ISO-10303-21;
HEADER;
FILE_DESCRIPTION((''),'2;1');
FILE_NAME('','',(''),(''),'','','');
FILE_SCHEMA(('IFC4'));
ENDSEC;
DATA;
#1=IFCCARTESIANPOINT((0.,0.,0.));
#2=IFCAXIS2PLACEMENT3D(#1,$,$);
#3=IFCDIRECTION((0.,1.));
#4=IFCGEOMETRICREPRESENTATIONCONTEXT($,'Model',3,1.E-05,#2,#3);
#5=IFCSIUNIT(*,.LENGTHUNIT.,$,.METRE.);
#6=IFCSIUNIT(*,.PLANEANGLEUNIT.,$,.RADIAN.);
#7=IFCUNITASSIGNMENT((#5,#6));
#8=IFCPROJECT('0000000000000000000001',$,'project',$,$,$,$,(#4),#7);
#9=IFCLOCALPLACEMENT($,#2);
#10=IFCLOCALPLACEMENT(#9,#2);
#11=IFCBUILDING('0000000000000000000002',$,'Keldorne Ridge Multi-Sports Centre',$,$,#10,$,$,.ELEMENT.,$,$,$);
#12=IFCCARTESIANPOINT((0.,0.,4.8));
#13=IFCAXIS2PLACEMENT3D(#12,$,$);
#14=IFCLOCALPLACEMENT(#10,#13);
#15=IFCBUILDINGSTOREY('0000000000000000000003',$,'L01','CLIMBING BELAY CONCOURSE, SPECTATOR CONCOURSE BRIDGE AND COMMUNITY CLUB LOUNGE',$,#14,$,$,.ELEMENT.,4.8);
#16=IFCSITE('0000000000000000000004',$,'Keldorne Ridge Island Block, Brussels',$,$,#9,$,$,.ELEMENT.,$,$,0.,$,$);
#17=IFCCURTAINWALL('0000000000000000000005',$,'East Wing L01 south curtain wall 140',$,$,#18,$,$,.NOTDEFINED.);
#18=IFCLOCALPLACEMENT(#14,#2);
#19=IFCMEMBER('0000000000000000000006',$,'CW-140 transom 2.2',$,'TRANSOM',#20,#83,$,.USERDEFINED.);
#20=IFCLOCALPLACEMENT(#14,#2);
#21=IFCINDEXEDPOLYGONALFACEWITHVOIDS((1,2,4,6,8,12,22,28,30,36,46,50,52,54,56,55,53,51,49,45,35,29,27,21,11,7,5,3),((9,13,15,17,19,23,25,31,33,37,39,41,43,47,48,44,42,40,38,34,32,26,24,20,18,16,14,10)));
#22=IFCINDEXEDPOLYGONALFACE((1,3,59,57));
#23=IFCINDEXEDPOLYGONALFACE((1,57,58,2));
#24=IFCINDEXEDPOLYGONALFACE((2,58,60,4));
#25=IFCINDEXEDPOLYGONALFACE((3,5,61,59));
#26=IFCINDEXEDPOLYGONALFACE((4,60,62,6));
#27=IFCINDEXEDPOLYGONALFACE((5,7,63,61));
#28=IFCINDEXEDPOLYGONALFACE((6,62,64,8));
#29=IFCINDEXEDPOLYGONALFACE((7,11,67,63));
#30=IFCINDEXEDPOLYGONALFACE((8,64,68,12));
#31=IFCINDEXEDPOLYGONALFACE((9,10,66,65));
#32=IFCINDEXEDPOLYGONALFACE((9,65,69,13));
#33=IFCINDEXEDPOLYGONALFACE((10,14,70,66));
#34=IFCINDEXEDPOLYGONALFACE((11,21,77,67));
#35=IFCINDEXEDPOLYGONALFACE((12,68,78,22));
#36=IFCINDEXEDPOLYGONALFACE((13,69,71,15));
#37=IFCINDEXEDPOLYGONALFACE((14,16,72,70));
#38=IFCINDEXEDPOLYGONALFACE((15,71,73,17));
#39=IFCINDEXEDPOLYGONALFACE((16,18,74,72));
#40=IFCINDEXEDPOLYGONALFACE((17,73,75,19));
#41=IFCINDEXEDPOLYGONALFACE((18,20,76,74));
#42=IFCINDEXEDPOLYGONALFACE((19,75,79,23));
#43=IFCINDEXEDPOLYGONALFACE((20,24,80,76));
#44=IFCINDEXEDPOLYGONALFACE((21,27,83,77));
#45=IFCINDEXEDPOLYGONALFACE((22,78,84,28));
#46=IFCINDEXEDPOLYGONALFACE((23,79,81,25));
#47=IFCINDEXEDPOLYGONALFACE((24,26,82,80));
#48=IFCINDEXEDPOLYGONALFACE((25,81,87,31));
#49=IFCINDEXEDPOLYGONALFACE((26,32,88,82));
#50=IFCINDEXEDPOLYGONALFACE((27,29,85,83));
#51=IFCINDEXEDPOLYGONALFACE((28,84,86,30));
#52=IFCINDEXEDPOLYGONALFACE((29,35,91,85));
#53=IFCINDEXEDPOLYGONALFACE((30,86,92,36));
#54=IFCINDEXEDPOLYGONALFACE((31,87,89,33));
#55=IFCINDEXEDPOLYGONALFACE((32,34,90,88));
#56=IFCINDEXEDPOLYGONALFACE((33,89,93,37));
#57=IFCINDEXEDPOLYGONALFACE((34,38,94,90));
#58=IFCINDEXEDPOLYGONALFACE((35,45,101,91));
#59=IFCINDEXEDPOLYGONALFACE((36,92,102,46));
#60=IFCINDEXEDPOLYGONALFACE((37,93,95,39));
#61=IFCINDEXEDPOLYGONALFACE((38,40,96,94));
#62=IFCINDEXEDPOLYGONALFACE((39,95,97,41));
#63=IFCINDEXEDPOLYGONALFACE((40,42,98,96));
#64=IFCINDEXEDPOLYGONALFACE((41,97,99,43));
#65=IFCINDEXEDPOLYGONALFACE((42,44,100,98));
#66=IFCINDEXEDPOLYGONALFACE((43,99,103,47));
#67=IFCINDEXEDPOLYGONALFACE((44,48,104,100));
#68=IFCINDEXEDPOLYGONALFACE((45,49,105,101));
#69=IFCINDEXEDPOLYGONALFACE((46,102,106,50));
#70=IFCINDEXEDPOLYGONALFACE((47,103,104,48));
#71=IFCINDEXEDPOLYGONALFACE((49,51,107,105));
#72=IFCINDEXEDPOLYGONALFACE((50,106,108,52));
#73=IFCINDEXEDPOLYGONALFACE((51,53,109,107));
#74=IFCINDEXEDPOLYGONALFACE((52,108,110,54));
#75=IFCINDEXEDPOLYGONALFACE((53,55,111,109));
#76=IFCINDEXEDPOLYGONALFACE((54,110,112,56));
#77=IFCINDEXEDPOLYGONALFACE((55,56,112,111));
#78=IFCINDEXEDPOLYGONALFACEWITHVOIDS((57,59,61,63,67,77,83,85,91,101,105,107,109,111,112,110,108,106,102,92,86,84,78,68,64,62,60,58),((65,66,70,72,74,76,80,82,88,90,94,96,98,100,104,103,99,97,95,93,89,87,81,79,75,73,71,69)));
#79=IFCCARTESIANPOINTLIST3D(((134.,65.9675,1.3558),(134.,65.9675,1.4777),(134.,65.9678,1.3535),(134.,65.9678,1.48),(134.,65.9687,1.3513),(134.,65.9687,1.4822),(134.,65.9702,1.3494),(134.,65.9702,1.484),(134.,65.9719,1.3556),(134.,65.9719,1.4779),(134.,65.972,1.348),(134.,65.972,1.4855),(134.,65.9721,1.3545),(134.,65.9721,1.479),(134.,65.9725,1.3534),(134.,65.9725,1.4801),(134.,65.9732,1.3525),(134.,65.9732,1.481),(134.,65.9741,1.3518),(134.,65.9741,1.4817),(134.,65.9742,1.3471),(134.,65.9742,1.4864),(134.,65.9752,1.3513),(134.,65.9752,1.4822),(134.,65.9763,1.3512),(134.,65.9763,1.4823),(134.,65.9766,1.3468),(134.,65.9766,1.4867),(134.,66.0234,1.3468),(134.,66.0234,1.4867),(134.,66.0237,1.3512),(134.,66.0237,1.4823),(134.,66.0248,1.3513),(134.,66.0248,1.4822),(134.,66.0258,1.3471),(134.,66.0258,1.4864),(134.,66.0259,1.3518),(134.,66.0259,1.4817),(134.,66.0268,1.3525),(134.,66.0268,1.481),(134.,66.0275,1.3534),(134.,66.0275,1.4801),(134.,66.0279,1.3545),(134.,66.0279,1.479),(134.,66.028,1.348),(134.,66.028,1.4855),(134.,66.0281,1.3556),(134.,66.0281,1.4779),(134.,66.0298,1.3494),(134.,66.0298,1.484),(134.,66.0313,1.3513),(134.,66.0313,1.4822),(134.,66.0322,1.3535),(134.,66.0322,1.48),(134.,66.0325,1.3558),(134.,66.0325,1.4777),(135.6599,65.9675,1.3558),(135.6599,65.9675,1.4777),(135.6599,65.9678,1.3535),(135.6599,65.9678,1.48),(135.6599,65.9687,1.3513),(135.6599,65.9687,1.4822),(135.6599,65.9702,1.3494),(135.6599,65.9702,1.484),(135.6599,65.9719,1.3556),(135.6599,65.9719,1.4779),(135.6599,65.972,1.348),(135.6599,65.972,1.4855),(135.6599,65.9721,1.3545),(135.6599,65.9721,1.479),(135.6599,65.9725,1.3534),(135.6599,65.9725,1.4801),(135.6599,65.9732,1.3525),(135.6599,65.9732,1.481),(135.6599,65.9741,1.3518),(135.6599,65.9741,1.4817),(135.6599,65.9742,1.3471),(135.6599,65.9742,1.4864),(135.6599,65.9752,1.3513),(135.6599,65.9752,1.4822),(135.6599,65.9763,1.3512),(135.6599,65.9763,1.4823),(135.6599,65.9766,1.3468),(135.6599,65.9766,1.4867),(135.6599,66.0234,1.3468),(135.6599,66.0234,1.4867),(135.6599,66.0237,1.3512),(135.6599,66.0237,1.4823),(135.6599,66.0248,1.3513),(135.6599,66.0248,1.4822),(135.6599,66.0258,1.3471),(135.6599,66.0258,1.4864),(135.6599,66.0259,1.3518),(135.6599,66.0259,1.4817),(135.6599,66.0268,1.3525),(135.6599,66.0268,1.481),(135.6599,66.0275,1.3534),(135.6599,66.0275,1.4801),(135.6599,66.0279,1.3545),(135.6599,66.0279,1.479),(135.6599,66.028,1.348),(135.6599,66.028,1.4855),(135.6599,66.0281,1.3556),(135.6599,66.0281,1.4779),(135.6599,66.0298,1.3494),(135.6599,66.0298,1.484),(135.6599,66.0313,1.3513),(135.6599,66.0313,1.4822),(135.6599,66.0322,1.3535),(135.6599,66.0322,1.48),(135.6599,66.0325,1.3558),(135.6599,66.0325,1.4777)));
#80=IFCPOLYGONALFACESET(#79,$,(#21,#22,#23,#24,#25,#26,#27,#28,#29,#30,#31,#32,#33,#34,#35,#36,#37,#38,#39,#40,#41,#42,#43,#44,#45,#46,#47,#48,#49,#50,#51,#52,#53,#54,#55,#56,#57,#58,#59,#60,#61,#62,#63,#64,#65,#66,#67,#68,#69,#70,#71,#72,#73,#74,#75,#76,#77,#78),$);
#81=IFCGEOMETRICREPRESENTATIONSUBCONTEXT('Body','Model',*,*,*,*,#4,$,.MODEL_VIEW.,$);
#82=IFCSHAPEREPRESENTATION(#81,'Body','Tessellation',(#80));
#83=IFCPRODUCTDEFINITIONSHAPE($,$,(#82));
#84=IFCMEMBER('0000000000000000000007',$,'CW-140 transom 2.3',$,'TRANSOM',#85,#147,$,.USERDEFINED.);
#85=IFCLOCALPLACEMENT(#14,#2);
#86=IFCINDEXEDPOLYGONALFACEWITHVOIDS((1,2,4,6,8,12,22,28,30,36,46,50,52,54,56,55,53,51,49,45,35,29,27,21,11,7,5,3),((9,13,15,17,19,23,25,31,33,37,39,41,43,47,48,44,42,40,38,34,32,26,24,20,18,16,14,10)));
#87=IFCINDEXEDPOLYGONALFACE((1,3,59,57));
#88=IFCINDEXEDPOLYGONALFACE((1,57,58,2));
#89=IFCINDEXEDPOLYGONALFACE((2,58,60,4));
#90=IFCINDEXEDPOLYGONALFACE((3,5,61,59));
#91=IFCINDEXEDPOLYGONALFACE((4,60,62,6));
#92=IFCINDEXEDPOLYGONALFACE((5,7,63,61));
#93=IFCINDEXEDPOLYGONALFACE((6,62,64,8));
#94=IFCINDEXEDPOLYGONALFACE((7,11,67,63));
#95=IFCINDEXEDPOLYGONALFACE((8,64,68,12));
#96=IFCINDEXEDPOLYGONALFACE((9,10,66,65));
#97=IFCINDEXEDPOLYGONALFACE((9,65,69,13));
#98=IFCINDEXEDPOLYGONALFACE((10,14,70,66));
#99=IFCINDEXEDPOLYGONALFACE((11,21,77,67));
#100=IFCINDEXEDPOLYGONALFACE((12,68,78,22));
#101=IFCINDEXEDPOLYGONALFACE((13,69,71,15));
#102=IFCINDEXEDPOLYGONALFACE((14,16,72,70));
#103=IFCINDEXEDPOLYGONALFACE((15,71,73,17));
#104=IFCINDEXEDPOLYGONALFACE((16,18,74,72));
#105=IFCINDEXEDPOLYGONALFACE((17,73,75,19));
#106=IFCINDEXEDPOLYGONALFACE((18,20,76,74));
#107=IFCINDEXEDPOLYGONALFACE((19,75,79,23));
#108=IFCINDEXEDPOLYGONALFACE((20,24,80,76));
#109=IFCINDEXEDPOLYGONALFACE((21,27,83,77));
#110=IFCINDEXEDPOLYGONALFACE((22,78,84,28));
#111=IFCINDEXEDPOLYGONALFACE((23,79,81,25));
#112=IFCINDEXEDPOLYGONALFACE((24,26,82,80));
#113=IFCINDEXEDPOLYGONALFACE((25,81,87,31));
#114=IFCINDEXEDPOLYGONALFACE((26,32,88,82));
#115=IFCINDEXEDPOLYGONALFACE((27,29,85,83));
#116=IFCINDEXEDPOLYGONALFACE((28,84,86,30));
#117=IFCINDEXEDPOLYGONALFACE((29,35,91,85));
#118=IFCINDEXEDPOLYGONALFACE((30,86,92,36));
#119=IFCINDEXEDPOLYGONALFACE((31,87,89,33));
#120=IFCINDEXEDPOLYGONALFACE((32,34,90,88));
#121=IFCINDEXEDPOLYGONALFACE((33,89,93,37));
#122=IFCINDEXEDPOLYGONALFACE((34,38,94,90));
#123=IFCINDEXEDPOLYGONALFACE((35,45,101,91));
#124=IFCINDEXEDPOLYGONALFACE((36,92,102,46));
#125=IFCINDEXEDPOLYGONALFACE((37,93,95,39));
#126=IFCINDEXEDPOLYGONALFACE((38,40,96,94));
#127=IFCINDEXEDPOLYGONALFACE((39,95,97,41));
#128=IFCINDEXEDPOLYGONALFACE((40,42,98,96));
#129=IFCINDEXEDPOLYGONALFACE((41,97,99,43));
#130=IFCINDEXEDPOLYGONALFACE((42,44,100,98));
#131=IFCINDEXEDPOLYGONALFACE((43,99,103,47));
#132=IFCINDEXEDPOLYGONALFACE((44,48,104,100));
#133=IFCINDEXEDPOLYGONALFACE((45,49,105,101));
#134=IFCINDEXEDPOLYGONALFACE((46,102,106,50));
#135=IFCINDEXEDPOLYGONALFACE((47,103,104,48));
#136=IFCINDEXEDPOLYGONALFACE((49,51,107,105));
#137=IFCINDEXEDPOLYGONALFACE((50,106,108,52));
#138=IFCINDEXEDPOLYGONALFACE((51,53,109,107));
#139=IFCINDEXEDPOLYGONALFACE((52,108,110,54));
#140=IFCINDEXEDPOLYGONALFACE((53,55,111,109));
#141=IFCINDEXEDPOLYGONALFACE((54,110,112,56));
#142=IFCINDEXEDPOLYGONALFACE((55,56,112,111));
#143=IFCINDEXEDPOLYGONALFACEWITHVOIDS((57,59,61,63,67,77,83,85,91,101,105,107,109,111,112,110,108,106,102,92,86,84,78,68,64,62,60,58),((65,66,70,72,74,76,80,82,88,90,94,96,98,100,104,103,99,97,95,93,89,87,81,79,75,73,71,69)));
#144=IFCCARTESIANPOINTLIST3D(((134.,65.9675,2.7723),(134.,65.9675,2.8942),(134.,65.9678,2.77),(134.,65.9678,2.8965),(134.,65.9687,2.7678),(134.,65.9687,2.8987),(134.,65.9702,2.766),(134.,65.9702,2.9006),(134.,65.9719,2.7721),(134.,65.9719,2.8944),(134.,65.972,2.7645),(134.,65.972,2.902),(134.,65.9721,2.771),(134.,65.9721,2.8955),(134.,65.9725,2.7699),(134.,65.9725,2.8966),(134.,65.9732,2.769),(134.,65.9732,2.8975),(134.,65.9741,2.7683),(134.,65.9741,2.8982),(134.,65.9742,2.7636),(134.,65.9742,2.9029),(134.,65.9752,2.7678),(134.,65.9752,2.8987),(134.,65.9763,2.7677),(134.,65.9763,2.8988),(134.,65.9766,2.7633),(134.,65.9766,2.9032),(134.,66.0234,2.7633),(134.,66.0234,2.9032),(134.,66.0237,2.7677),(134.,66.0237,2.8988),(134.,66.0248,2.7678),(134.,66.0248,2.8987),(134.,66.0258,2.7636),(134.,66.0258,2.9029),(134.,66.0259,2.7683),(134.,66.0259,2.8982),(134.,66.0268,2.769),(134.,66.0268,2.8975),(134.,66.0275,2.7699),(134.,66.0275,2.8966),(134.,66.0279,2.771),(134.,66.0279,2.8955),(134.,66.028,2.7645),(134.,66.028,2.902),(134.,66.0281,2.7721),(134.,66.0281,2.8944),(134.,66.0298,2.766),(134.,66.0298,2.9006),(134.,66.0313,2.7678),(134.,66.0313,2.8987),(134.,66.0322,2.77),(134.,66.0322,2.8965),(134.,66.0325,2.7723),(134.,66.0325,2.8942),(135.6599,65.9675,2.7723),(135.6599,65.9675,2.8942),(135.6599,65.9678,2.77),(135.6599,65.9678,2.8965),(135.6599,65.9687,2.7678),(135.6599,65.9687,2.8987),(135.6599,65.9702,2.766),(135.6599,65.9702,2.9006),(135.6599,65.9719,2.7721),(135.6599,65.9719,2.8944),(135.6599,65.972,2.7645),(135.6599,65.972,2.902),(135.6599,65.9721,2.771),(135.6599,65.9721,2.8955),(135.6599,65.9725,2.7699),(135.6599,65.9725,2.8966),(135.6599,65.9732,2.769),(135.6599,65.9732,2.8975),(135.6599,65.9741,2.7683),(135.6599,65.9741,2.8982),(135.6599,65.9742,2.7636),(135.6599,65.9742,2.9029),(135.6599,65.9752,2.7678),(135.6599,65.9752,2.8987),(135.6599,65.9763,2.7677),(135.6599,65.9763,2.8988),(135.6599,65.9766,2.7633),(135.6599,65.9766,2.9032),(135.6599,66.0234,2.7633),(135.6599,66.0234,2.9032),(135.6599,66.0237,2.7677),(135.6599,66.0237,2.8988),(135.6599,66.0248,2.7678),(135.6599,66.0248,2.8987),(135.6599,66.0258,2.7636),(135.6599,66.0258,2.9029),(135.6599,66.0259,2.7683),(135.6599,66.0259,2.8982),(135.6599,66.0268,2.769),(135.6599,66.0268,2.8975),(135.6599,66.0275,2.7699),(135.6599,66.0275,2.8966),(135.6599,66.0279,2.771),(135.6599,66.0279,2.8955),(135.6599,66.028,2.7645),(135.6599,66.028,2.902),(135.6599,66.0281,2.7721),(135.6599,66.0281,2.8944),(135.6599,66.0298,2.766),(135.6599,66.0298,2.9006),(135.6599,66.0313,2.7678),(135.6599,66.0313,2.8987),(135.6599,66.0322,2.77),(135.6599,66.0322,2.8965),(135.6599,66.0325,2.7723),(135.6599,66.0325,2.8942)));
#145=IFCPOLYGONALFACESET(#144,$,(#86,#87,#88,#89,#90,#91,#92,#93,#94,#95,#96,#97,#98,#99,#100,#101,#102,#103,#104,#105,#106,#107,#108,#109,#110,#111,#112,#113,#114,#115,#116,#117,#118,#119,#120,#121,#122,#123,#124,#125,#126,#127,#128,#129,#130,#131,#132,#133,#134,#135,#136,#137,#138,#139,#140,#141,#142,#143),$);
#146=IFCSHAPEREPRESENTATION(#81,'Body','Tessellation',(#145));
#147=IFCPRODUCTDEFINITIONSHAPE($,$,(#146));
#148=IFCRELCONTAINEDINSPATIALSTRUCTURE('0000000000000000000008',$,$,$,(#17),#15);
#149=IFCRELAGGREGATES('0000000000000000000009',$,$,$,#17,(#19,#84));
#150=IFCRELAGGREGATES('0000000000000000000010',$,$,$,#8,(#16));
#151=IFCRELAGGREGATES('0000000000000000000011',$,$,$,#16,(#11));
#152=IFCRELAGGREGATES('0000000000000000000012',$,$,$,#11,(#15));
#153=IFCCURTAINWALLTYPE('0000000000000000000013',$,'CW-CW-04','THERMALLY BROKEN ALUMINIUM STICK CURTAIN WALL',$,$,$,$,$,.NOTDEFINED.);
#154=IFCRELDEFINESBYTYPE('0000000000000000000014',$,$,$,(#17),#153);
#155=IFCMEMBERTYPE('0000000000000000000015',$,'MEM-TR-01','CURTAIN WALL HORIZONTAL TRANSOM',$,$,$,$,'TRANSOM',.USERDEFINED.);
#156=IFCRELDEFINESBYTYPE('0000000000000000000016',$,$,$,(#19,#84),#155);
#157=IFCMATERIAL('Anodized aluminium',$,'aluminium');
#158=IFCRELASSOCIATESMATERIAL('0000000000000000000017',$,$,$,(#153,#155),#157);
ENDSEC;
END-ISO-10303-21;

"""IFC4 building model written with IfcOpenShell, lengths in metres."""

from ifc_helpers import new_model, si_unit, direction, frame, origin, origin_2d, place, context, subcontext, project, spatial, hollow_rectangle, extrude, material, material_profile, profile_set, type_object, element, aggregate, save


model = new_model("IFC4")

# Units and contexts
model_context = context("Model", 3, precision=1e-05, world=origin(), true_north=direction((0.0, 1.0)))
body_context = subcontext(model_context, "Body", "Model", "MODEL_VIEW")
ifc_project = project(units=[si_unit("LENGTHUNIT", "METRE"), si_unit("PLANEANGLEUNIT", "RADIAN")], contexts=[model_context])

# Site, building, storey
site_placement = place(None, origin())
site = spatial("IfcSite", under=ifc_project, at=site_placement, Name="Keldorne Ridge Island Block, Brussels", CompositionType="ELEMENT", RefElevation=0.0)
building_placement = place(site_placement, origin())
building = spatial("IfcBuilding", under=site, at=building_placement, Name="Keldorne Ridge Multi-Sports Centre", CompositionType="ELEMENT")
storey_placement = place(building_placement, frame((0.0, 0.0, 4.8)))
storey = spatial("IfcBuildingStorey", under=building, at=storey_placement, Name="L01", Description="CLIMBING BELAY CONCOURSE, SPECTATOR CONCOURSE BRIDGE AND COMMUNITY CLUB LOUNGE", CompositionType="ELEMENT", Elevation=4.8)

# Curtain wall
ifc_material_1 = material(Name="Anodized aluminium", Category="aluminium")
curtain_wall_type_1 = type_object("IfcCurtainWallType", Name="CW-CW-04", Description="THERMALLY BROKEN ALUMINIUM STICK CURTAIN WALL", PredefinedType="NOTDEFINED", material=ifc_material_1)
curtain_wall_1_placement = place(storey_placement, origin())
curtain_wall_1 = element("IfcCurtainWall", 1, at=curtain_wall_1_placement, inside=storey, type_object=curtain_wall_type_1, Name="East Wing L01 south curtain wall 140", PredefinedType="NOTDEFINED")

# Members
ifc_material_profile_1 = material_profile(ifc_material_1, hollow_rectangle(XDim=0.0649, YDim=0.1399, WallThickness=0.0044, InnerFilletRadius=0.0044, OuterFilletRadius=0.009, at=origin_2d()), Name="ALU TRANSOM 140x65x4.5")
ifc_profile_set_1 = profile_set([ifc_material_profile_1], Name="Anodized aluminium")
member_type_1 = type_object("IfcMemberType", Name="MEM-TR-01", Description="CURTAIN WALL HORIZONTAL TRANSOM", ElementType="TRANSOM", PredefinedType="USERDEFINED", material=ifc_profile_set_1)
member_1_placement = place(storey_placement, frame((134.0, 66.0, 1.4167), z_axis=(1.0, 0.0, 0.0), x_axis=(0.0, 1.0, 0.0)))
member_1 = element("IfcMember", 2, at=member_1_placement, type_object=member_type_1, Name="CW-140 transom 2.2", ObjectType="TRANSOM", PredefinedType="USERDEFINED", context=body_context, shape_type="SweptSolid", body=[
    extrude(hollow_rectangle(XDim=0.0649, YDim=0.1399, WallThickness=0.0044, InnerFilletRadius=0.0044, OuterFilletRadius=0.009, at=origin_2d()), origin(), (0.0, 0.0, 1.0), 1.6599),
])
member_2_placement = place(storey_placement, frame((134.0, 66.0, 2.8333), z_axis=(1.0, 0.0, 0.0), x_axis=(0.0, 1.0, 0.0)))
member_2 = element("IfcMember", 3, at=member_2_placement, type_object=member_type_1, Name="CW-140 transom 2.3", ObjectType="TRANSOM", PredefinedType="USERDEFINED", context=body_context, shape_type="SweptSolid", body=[
    extrude(hollow_rectangle(XDim=0.0649, YDim=0.1399, WallThickness=0.0044, InnerFilletRadius=0.0044, OuterFilletRadius=0.009, at=origin_2d()), origin(), (0.0, 0.0, 1.0), 1.6599),
])

aggregate(curtain_wall_1, [member_1, member_2])

save(model, "model.ifc")
